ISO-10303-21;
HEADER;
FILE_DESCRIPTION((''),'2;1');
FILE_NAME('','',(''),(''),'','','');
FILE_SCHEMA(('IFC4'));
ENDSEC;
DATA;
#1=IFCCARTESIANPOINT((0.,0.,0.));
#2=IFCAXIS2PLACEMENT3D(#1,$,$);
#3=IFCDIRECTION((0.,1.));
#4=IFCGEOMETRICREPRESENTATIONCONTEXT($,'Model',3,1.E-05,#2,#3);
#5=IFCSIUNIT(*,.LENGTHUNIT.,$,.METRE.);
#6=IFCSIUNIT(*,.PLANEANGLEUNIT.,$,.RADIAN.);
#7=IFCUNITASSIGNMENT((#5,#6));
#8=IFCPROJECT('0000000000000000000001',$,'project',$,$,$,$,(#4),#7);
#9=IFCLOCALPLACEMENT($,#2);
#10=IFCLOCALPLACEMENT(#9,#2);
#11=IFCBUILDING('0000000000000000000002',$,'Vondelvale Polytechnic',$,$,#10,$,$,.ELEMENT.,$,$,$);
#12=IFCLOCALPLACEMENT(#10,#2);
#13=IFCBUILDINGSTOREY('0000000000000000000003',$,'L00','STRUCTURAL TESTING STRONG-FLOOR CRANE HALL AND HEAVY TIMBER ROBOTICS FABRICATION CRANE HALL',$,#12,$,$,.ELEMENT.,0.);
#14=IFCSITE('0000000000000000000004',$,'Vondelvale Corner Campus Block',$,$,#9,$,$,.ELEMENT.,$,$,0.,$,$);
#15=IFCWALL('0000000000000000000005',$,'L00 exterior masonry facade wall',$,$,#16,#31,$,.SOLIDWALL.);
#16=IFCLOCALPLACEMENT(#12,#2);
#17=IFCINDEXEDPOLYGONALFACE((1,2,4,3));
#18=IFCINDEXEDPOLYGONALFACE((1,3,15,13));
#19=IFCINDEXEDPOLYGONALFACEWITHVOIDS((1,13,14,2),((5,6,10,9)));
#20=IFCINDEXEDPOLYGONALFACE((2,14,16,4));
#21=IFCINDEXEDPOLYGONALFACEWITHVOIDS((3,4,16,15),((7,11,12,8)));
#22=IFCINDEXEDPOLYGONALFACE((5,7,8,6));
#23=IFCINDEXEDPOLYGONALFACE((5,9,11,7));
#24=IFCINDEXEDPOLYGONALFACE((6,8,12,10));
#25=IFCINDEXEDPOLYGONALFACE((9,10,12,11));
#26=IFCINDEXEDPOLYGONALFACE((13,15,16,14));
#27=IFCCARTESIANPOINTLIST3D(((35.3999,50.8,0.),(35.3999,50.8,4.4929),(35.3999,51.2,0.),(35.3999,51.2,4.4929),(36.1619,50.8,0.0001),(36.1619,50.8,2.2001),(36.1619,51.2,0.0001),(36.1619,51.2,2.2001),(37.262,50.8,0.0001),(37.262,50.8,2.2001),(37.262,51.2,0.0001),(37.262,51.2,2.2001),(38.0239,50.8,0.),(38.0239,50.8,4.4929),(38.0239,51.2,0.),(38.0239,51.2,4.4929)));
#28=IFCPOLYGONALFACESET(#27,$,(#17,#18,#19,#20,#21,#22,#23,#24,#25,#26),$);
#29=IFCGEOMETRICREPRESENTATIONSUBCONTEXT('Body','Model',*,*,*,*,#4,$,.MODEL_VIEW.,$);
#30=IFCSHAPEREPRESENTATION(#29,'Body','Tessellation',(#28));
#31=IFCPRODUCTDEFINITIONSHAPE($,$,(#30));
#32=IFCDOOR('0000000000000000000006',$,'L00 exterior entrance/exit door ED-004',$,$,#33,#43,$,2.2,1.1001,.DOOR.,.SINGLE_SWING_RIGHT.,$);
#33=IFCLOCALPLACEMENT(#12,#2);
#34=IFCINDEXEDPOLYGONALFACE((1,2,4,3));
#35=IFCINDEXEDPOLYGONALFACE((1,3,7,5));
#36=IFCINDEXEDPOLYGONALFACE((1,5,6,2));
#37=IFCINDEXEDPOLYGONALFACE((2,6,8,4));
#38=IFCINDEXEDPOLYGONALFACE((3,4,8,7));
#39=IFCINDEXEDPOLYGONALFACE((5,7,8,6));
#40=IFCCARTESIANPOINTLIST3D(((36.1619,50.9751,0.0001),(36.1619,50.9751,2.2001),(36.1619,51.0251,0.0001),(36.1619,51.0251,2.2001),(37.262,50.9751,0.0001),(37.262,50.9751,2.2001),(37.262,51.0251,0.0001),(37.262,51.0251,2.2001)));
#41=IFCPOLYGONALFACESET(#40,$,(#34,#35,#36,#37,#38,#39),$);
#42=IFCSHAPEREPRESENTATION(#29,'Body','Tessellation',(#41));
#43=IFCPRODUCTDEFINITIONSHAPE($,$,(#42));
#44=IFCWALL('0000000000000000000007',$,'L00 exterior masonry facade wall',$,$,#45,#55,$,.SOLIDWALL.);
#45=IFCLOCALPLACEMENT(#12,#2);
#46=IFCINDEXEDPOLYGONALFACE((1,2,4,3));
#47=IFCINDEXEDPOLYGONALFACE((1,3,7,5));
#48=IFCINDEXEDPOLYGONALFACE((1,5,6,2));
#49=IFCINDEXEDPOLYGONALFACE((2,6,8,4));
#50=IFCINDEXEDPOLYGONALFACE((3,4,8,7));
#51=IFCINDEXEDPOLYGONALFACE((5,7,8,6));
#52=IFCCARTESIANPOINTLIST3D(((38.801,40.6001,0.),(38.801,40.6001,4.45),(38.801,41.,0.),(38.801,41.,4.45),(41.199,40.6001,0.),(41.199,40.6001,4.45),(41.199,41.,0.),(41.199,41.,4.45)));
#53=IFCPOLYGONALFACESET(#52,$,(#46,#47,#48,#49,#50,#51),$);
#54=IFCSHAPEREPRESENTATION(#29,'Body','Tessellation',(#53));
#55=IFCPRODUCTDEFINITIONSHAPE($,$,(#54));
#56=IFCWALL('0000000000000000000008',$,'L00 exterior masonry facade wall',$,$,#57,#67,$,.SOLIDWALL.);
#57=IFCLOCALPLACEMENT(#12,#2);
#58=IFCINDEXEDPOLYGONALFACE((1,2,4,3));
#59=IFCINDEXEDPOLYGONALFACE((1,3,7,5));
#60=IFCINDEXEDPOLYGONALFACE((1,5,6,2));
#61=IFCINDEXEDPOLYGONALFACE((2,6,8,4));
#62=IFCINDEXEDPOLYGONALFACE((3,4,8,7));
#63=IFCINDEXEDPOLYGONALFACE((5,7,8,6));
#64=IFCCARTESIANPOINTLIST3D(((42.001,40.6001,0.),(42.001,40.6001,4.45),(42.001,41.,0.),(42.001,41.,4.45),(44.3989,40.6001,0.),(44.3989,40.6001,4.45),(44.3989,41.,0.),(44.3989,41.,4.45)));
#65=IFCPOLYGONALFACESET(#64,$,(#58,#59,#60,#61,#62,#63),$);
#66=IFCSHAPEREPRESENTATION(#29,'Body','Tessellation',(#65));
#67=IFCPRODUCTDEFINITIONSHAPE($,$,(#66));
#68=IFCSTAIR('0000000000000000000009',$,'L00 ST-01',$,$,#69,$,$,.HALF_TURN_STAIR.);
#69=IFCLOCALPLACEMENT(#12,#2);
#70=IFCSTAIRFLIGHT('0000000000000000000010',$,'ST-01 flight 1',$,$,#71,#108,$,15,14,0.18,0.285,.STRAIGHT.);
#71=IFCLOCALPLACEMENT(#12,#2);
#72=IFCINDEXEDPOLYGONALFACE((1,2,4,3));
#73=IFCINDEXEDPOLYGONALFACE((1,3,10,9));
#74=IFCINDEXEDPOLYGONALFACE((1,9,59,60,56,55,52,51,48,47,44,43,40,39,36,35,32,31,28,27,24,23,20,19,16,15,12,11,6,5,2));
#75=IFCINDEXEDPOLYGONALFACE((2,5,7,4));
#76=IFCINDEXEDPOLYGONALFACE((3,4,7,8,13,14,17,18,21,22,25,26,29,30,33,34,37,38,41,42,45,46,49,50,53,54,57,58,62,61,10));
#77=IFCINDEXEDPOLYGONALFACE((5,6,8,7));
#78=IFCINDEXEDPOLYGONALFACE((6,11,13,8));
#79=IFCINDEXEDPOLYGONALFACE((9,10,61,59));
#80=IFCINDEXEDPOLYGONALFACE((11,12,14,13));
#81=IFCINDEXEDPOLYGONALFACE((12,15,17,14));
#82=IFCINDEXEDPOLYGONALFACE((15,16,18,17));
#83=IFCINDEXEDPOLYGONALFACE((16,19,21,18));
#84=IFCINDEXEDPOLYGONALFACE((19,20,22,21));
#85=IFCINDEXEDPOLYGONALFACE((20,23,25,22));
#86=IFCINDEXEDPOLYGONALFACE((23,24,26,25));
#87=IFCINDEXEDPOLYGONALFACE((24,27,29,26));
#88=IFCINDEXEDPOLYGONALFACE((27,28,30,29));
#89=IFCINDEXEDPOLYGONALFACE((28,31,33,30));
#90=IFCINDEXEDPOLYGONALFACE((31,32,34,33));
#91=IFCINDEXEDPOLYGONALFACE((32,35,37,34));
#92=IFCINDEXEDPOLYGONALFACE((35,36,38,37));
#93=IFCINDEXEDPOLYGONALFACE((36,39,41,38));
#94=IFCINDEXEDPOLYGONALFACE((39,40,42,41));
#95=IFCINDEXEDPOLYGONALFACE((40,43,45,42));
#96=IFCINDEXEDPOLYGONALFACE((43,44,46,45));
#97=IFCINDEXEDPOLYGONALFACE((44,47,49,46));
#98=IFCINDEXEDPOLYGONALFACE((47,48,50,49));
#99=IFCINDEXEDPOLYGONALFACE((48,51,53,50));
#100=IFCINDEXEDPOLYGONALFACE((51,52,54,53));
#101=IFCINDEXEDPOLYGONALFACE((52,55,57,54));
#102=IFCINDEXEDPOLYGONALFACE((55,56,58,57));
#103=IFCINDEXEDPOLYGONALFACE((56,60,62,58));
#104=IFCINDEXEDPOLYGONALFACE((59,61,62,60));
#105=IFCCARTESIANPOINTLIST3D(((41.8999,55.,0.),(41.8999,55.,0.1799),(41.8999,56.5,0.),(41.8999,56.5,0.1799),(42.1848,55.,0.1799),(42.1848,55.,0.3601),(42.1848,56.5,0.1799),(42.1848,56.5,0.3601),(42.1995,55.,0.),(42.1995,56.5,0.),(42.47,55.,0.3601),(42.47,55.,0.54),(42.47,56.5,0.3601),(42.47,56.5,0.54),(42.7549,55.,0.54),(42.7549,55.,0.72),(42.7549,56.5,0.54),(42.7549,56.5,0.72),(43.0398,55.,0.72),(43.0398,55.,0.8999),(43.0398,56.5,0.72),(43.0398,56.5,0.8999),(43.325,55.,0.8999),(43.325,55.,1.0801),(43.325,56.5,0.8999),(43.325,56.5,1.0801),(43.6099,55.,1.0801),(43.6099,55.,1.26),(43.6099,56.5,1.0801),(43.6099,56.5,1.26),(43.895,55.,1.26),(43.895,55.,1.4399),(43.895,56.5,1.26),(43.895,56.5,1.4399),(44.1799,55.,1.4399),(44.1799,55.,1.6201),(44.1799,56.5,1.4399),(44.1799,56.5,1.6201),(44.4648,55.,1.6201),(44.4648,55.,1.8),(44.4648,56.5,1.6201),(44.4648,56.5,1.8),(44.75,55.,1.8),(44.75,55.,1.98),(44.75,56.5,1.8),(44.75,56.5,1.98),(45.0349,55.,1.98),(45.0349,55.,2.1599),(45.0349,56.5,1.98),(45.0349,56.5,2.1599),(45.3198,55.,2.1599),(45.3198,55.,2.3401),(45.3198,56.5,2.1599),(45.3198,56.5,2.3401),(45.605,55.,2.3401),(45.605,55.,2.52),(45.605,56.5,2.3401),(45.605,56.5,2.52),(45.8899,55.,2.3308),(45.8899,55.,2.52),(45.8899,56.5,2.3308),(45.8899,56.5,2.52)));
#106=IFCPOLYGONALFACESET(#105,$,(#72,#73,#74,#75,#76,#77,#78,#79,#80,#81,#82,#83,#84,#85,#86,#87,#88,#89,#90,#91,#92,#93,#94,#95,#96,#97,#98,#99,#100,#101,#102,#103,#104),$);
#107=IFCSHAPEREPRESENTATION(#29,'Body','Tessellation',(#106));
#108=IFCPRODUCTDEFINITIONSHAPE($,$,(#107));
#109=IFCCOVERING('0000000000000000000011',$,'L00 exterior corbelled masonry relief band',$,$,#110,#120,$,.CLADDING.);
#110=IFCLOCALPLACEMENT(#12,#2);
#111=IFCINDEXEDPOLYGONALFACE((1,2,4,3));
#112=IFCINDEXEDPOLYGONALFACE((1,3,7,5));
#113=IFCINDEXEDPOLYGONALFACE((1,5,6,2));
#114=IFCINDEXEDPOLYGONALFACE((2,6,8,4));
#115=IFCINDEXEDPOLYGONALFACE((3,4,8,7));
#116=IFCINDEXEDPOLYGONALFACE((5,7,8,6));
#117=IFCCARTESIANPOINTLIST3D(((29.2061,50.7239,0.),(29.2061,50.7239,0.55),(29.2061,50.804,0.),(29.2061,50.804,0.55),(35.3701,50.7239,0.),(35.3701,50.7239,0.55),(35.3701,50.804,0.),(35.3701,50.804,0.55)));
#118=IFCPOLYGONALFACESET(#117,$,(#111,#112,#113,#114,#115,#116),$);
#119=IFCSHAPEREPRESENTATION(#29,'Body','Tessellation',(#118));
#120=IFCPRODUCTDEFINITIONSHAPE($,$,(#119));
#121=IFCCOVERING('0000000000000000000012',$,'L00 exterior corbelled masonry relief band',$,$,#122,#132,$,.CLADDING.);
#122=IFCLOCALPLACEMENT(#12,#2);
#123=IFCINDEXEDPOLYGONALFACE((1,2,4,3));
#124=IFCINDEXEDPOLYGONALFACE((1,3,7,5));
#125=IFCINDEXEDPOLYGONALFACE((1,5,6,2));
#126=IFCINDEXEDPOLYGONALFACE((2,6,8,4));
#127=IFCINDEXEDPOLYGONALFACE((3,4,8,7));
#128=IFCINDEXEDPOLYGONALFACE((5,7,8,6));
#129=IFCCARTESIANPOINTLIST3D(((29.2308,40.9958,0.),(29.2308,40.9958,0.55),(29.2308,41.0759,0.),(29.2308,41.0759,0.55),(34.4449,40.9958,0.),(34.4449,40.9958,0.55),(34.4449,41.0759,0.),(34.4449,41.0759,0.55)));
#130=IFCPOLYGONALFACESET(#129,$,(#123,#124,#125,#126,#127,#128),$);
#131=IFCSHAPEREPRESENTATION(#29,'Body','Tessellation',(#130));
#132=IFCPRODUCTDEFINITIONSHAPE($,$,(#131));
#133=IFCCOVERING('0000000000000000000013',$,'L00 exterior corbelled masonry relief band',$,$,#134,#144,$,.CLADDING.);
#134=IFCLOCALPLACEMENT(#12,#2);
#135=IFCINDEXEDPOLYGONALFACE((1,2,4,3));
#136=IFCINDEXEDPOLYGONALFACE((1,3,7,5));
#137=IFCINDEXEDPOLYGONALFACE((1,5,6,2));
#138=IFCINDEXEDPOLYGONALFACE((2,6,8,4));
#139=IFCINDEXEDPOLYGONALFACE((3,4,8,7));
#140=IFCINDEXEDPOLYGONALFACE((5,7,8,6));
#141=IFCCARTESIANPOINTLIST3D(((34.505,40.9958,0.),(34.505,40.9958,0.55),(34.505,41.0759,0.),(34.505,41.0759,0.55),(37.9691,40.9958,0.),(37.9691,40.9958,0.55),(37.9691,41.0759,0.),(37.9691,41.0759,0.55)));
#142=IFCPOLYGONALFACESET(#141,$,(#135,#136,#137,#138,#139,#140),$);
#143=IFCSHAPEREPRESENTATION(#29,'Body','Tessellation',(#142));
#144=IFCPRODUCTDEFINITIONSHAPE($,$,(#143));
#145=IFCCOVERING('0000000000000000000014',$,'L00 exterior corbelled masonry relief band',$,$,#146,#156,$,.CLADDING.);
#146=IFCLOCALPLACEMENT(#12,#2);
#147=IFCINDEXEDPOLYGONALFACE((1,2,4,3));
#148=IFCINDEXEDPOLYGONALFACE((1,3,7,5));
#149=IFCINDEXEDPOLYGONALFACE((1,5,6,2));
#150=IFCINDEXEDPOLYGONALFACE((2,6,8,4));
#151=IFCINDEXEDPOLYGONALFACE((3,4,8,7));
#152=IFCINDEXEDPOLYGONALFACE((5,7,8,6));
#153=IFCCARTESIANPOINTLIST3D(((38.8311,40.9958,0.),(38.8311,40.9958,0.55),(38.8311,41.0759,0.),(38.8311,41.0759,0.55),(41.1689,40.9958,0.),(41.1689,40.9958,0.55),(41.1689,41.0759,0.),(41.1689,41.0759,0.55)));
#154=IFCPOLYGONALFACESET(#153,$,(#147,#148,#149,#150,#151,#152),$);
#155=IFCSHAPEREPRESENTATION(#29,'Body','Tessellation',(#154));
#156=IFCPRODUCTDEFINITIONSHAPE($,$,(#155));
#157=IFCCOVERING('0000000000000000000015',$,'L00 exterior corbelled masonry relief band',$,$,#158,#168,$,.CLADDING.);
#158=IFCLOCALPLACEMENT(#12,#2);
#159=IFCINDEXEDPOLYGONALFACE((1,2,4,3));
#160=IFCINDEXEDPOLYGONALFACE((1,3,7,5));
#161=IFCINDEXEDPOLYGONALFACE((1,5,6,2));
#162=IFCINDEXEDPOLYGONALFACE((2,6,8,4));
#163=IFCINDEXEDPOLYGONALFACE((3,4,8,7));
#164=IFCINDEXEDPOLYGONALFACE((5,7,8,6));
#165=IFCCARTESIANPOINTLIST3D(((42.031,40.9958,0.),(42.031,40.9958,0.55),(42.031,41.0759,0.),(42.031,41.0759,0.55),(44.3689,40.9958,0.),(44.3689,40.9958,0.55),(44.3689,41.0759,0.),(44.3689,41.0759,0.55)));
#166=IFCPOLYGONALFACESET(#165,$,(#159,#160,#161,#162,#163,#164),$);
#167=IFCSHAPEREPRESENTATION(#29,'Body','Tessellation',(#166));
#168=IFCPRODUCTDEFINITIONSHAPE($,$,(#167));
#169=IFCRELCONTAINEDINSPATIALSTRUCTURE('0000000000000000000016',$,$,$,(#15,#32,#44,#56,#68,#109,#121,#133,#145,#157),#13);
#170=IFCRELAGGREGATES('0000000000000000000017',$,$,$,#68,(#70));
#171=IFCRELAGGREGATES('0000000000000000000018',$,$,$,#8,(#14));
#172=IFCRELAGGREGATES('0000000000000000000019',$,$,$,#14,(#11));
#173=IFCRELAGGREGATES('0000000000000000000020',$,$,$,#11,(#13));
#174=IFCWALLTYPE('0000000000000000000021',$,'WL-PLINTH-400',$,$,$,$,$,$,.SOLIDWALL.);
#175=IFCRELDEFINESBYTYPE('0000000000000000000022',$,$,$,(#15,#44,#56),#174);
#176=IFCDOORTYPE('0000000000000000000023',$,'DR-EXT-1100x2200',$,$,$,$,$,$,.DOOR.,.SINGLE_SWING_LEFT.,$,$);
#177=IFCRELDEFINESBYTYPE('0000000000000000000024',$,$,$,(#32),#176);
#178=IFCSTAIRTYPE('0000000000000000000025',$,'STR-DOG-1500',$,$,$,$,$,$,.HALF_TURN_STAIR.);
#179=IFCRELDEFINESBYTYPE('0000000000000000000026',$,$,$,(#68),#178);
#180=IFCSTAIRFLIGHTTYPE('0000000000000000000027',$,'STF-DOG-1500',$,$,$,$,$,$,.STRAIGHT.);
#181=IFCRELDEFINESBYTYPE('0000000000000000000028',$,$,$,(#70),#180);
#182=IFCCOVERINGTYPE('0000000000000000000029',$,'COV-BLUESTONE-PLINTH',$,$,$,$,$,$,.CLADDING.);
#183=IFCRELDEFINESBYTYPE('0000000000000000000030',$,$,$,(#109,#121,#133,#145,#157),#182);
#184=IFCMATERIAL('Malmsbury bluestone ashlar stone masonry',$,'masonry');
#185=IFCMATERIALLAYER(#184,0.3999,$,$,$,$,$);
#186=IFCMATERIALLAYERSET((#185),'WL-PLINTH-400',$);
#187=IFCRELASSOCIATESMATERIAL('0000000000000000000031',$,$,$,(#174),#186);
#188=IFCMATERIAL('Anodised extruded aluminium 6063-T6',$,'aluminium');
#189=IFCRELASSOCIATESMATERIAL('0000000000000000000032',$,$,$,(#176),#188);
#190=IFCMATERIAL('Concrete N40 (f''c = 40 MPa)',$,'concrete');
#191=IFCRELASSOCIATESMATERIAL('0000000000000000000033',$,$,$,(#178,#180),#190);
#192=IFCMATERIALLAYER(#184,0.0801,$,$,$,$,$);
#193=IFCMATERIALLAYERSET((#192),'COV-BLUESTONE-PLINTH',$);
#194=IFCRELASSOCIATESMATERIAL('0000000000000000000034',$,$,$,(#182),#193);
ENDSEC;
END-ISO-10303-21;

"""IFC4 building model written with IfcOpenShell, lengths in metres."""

from ifc_helpers import new_model, si_unit, direction, frame, frame_2d, origin, origin_2d, place, context, subcontext, project, spatial, polyline, rectangle, outline, extrude, material, layer, layer_set, type_object, element, fill, aggregate, save


model = new_model("IFC4")

# Units and contexts
model_context = context("Model", 3, precision=1e-05, world=origin(), true_north=direction((0.0, 1.0)))
body_context = subcontext(model_context, "Body", "Model", "MODEL_VIEW")
ifc_project = project(units=[si_unit("LENGTHUNIT", "METRE"), si_unit("PLANEANGLEUNIT", "RADIAN")], contexts=[model_context])

# Site, building, storey
site_placement = place(None, origin())
site = spatial("IfcSite", under=ifc_project, at=site_placement, Name="Vondelvale Corner Campus Block", CompositionType="ELEMENT", RefElevation=0.0)
building_placement = place(site_placement, origin())
building = spatial("IfcBuilding", under=site, at=building_placement, Name="Vondelvale Polytechnic", CompositionType="ELEMENT")
storey_placement = place(building_placement, origin())
storey = spatial("IfcBuildingStorey", under=building, at=storey_placement, Name="L00", Description="STRUCTURAL TESTING STRONG-FLOOR CRANE HALL AND HEAVY TIMBER ROBOTICS FABRICATION CRANE HALL", CompositionType="ELEMENT", Elevation=0.0)

# Shared definitions
ifc_material_1 = material(Name="Concrete N40 (f'c = 40 MPa)", Category="concrete")

# Shared definitions
ifc_material_2 = material(Name="Malmsbury bluestone ashlar stone masonry", Category="masonry")
ifc_layer_1 = layer(ifc_material_2, 0.3999)
ifc_layer_set_1 = layer_set([ifc_layer_1], Name="WL-PLINTH-400")
wall_type_1 = type_object("IfcWallType", Name="WL-PLINTH-400", PredefinedType="SOLIDWALL", material=ifc_layer_set_1)

# Wall, opening, door
wall_1_placement = place(storey_placement, frame((38.0239, 51.0, 0.0), z_axis=(0.0, 0.0, 1.0), x_axis=(-1.0, 0.0, 0.0)))
wall_1 = element("IfcWall", 1, at=wall_1_placement, inside=storey, type_object=wall_type_1, Name="L00 exterior masonry facade wall", PredefinedType="SOLIDWALL", context=body_context, shape_type="SweptSolid", body=[
    extrude(rectangle(XDim=2.624, YDim=0.3999, at=frame_2d((1.312, 0.0))), origin(), (0.0, 0.0, 1.0), 4.4929),
])
opening_1_placement = place(wall_1_placement, frame((0.762, 0.0, 0.0)))
opening_1 = element("IfcOpeningElement", 2, at=opening_1_placement, cuts=wall_1, PredefinedType="OPENING", context=body_context, shape_type="SweptSolid", body=[
    extrude(rectangle(XDim=1.1001, YDim=2.2, at=frame_2d((0.55, 1.1001))), frame((0.0, 0.21, 0.0), z_axis=(0.0, -1.0, 0.0), x_axis=(1.0, 0.0, 0.0)), (0.0, 0.0, 1.0), 0.4199),
])
ifc_material_3 = material(Name="Anodised extruded aluminium 6063-T6", Category="aluminium")
door_type_1 = type_object("IfcDoorType", Name="DR-EXT-1100x2200", OperationType="SINGLE_SWING_LEFT", PredefinedType="DOOR", material=ifc_material_3)
door_1_placement = place(opening_1_placement, origin())
door_1 = element("IfcDoor", 3, at=door_1_placement, inside=storey, type_object=door_type_1, Name="L00 exterior entrance/exit door ED-004", OperationType="SINGLE_SWING_RIGHT", OverallHeight=2.2, OverallWidth=1.1001, PredefinedType="DOOR", context=body_context, shape_type="SweptSolid", body=[
    extrude(rectangle(XDim=1.1001, YDim=2.2, at=frame_2d((0.55, 1.1001))), frame((0.0, 0.0249, 0.0), z_axis=(0.0, -1.0, 0.0), x_axis=(1.0, 0.0, 0.0)), (0.0, 0.0, 1.0), 0.05),
])
fill(opening_1, door_1)

# Walls
for number, where, z_axis, x_axis, name in (
    (4, (38.801, 40.8, 0.0), (0.0, 0.0, 1.0), (1.0, 0.0, 0.0), "L00 exterior masonry facade wall"),
    (5, (42.001, 40.8, 0.0), (0.0, 0.0, 1.0), (1.0, 0.0, 0.0), "L00 exterior masonry facade wall"),
):
    element("IfcWall", number, at=place(storey_placement, frame(where, z_axis=z_axis, x_axis=x_axis)), inside=storey, type_object=wall_type_1, Name=name, PredefinedType="SOLIDWALL", context=body_context, shape_type="SweptSolid", body=[
        extrude(rectangle(XDim=2.3979, YDim=0.3999, at=frame_2d((1.199, 0.0))), origin(), (0.0, 0.0, 1.0), 4.45),
    ])

# Stair, stair flight
stair_type = type_object("IfcStairType", Name="STR-DOG-1500", PredefinedType="HALF_TURN_STAIR", material=ifc_material_1)
stair_placement = place(storey_placement, origin())
stair = element("IfcStair", 6, at=stair_placement, inside=storey, type_object=stair_type, Name="L00 ST-01", PredefinedType="HALF_TURN_STAIR")
stair_flight_type = type_object("IfcStairFlightType", Name="STF-DOG-1500", PredefinedType="STRAIGHT", material=ifc_material_1)
stair_flight_placement = place(storey_placement, frame((41.8999, 55.75, 0.0), z_axis=(0.0, 0.0, 1.0), x_axis=(1.0, 0.0, 0.0)))
stair_flight = element("IfcStairFlight", 7, at=stair_flight_placement, type_object=stair_flight_type, Name="ST-01 flight 1", NumberOfRisers=15, NumberOfTreads=14, PredefinedType="STRAIGHT", RiserHeight=0.18, TreadLength=0.285, context=body_context, shape_type="SweptSolid", body=[
    extrude(outline(polyline([(0.0, 0.0), (0.0, 0.1799), (0.2849, 0.1799), (0.2849, 0.3601), (0.5701, 0.3601), (0.5701, 0.54), (0.855, 0.54), (0.855, 0.72), (1.1399, 0.72), (1.1399, 0.8999), (1.425, 0.8999), (1.425, 1.0801), (1.71, 1.0801), (1.71, 1.26), (1.9951, 1.26), (1.9951, 1.4399), (2.28, 1.4399), (2.28, 1.6201), (2.5649, 1.6201), (2.5649, 1.8), (2.8501, 1.8), (2.8501, 1.98), (3.135, 1.98), (3.135, 2.1599), (3.4199, 2.1599), (3.4199, 2.3401), (3.7051, 2.3401), (3.7051, 2.52), (3.99, 2.52), (3.99, 2.7), (3.99, 2.3308), (0.2996, 0.0), (0.0, 0.0)])), frame((0.0, 0.75, 0.0), z_axis=(0.0, -1.0, 0.0), x_axis=(1.0, 0.0, 0.0)), (0.0, 0.0, 1.0), 1.5),
])
aggregate(stair, [stair_flight])

# Coverings
ifc_layer_2 = layer(ifc_material_2, 0.0801)
ifc_layer_set_2 = layer_set([ifc_layer_2], Name="COV-BLUESTONE-PLINTH")
covering_type = type_object("IfcCoveringType", Name="COV-BLUESTONE-PLINTH", PredefinedType="CLADDING", material=ifc_layer_set_2)
covering_1_placement = place(storey_placement, frame((32.2881, 50.7639, 0.0), z_axis=(0.0, 0.0, 1.0), x_axis=(-1.0, 0.0, 0.0)))
element("IfcCovering", 8, at=covering_1_placement, inside=storey, type_object=covering_type, Name="L00 exterior corbelled masonry relief band", PredefinedType="CLADDING", context=body_context, shape_type="SweptSolid", body=[
    extrude(rectangle(XDim=6.1641, YDim=0.0801, at=origin_2d()), origin(), (0.0, 0.0, 1.0), 0.55),
])
covering_2_placement = place(storey_placement, frame((31.8379, 41.0359, 0.0), z_axis=(0.0, 0.0, 1.0), x_axis=(1.0, 0.0, 0.0)))
element("IfcCovering", 9, at=covering_2_placement, inside=storey, type_object=covering_type, Name="L00 exterior corbelled masonry relief band", PredefinedType="CLADDING", context=body_context, shape_type="SweptSolid", body=[
    extrude(rectangle(XDim=5.2141, YDim=0.0801, at=origin_2d()), origin(), (0.0, 0.0, 1.0), 0.55),
])
covering_3_placement = place(storey_placement, frame((36.2371, 41.0359, 0.0), z_axis=(0.0, 0.0, 1.0), x_axis=(1.0, 0.0, 0.0)))
element("IfcCovering", 10, at=covering_3_placement, inside=storey, type_object=covering_type, Name="L00 exterior corbelled masonry relief band", PredefinedType="CLADDING", context=body_context, shape_type="SweptSolid", body=[
    extrude(rectangle(XDim=3.4641, YDim=0.0801, at=origin_2d()), origin(), (0.0, 0.0, 1.0), 0.55),
])
for number, where, z_axis, x_axis, name in (
    (11, (40.0, 41.0359, 0.0), (0.0, 0.0, 1.0), (1.0, 0.0, 0.0), "L00 exterior corbelled masonry relief band"),
    (12, (43.2, 41.0359, 0.0), (0.0, 0.0, 1.0), (1.0, 0.0, 0.0), "L00 exterior corbelled masonry relief band"),
):
    element("IfcCovering", number, at=place(storey_placement, frame(where, z_axis=z_axis, x_axis=x_axis)), inside=storey, type_object=covering_type, Name=name, PredefinedType="CLADDING", context=body_context, shape_type="SweptSolid", body=[
        extrude(rectangle(XDim=2.3379, YDim=0.0801, at=origin_2d()), origin(), (0.0, 0.0, 1.0), 0.55),
    ])

save(model, "model.ifc")
